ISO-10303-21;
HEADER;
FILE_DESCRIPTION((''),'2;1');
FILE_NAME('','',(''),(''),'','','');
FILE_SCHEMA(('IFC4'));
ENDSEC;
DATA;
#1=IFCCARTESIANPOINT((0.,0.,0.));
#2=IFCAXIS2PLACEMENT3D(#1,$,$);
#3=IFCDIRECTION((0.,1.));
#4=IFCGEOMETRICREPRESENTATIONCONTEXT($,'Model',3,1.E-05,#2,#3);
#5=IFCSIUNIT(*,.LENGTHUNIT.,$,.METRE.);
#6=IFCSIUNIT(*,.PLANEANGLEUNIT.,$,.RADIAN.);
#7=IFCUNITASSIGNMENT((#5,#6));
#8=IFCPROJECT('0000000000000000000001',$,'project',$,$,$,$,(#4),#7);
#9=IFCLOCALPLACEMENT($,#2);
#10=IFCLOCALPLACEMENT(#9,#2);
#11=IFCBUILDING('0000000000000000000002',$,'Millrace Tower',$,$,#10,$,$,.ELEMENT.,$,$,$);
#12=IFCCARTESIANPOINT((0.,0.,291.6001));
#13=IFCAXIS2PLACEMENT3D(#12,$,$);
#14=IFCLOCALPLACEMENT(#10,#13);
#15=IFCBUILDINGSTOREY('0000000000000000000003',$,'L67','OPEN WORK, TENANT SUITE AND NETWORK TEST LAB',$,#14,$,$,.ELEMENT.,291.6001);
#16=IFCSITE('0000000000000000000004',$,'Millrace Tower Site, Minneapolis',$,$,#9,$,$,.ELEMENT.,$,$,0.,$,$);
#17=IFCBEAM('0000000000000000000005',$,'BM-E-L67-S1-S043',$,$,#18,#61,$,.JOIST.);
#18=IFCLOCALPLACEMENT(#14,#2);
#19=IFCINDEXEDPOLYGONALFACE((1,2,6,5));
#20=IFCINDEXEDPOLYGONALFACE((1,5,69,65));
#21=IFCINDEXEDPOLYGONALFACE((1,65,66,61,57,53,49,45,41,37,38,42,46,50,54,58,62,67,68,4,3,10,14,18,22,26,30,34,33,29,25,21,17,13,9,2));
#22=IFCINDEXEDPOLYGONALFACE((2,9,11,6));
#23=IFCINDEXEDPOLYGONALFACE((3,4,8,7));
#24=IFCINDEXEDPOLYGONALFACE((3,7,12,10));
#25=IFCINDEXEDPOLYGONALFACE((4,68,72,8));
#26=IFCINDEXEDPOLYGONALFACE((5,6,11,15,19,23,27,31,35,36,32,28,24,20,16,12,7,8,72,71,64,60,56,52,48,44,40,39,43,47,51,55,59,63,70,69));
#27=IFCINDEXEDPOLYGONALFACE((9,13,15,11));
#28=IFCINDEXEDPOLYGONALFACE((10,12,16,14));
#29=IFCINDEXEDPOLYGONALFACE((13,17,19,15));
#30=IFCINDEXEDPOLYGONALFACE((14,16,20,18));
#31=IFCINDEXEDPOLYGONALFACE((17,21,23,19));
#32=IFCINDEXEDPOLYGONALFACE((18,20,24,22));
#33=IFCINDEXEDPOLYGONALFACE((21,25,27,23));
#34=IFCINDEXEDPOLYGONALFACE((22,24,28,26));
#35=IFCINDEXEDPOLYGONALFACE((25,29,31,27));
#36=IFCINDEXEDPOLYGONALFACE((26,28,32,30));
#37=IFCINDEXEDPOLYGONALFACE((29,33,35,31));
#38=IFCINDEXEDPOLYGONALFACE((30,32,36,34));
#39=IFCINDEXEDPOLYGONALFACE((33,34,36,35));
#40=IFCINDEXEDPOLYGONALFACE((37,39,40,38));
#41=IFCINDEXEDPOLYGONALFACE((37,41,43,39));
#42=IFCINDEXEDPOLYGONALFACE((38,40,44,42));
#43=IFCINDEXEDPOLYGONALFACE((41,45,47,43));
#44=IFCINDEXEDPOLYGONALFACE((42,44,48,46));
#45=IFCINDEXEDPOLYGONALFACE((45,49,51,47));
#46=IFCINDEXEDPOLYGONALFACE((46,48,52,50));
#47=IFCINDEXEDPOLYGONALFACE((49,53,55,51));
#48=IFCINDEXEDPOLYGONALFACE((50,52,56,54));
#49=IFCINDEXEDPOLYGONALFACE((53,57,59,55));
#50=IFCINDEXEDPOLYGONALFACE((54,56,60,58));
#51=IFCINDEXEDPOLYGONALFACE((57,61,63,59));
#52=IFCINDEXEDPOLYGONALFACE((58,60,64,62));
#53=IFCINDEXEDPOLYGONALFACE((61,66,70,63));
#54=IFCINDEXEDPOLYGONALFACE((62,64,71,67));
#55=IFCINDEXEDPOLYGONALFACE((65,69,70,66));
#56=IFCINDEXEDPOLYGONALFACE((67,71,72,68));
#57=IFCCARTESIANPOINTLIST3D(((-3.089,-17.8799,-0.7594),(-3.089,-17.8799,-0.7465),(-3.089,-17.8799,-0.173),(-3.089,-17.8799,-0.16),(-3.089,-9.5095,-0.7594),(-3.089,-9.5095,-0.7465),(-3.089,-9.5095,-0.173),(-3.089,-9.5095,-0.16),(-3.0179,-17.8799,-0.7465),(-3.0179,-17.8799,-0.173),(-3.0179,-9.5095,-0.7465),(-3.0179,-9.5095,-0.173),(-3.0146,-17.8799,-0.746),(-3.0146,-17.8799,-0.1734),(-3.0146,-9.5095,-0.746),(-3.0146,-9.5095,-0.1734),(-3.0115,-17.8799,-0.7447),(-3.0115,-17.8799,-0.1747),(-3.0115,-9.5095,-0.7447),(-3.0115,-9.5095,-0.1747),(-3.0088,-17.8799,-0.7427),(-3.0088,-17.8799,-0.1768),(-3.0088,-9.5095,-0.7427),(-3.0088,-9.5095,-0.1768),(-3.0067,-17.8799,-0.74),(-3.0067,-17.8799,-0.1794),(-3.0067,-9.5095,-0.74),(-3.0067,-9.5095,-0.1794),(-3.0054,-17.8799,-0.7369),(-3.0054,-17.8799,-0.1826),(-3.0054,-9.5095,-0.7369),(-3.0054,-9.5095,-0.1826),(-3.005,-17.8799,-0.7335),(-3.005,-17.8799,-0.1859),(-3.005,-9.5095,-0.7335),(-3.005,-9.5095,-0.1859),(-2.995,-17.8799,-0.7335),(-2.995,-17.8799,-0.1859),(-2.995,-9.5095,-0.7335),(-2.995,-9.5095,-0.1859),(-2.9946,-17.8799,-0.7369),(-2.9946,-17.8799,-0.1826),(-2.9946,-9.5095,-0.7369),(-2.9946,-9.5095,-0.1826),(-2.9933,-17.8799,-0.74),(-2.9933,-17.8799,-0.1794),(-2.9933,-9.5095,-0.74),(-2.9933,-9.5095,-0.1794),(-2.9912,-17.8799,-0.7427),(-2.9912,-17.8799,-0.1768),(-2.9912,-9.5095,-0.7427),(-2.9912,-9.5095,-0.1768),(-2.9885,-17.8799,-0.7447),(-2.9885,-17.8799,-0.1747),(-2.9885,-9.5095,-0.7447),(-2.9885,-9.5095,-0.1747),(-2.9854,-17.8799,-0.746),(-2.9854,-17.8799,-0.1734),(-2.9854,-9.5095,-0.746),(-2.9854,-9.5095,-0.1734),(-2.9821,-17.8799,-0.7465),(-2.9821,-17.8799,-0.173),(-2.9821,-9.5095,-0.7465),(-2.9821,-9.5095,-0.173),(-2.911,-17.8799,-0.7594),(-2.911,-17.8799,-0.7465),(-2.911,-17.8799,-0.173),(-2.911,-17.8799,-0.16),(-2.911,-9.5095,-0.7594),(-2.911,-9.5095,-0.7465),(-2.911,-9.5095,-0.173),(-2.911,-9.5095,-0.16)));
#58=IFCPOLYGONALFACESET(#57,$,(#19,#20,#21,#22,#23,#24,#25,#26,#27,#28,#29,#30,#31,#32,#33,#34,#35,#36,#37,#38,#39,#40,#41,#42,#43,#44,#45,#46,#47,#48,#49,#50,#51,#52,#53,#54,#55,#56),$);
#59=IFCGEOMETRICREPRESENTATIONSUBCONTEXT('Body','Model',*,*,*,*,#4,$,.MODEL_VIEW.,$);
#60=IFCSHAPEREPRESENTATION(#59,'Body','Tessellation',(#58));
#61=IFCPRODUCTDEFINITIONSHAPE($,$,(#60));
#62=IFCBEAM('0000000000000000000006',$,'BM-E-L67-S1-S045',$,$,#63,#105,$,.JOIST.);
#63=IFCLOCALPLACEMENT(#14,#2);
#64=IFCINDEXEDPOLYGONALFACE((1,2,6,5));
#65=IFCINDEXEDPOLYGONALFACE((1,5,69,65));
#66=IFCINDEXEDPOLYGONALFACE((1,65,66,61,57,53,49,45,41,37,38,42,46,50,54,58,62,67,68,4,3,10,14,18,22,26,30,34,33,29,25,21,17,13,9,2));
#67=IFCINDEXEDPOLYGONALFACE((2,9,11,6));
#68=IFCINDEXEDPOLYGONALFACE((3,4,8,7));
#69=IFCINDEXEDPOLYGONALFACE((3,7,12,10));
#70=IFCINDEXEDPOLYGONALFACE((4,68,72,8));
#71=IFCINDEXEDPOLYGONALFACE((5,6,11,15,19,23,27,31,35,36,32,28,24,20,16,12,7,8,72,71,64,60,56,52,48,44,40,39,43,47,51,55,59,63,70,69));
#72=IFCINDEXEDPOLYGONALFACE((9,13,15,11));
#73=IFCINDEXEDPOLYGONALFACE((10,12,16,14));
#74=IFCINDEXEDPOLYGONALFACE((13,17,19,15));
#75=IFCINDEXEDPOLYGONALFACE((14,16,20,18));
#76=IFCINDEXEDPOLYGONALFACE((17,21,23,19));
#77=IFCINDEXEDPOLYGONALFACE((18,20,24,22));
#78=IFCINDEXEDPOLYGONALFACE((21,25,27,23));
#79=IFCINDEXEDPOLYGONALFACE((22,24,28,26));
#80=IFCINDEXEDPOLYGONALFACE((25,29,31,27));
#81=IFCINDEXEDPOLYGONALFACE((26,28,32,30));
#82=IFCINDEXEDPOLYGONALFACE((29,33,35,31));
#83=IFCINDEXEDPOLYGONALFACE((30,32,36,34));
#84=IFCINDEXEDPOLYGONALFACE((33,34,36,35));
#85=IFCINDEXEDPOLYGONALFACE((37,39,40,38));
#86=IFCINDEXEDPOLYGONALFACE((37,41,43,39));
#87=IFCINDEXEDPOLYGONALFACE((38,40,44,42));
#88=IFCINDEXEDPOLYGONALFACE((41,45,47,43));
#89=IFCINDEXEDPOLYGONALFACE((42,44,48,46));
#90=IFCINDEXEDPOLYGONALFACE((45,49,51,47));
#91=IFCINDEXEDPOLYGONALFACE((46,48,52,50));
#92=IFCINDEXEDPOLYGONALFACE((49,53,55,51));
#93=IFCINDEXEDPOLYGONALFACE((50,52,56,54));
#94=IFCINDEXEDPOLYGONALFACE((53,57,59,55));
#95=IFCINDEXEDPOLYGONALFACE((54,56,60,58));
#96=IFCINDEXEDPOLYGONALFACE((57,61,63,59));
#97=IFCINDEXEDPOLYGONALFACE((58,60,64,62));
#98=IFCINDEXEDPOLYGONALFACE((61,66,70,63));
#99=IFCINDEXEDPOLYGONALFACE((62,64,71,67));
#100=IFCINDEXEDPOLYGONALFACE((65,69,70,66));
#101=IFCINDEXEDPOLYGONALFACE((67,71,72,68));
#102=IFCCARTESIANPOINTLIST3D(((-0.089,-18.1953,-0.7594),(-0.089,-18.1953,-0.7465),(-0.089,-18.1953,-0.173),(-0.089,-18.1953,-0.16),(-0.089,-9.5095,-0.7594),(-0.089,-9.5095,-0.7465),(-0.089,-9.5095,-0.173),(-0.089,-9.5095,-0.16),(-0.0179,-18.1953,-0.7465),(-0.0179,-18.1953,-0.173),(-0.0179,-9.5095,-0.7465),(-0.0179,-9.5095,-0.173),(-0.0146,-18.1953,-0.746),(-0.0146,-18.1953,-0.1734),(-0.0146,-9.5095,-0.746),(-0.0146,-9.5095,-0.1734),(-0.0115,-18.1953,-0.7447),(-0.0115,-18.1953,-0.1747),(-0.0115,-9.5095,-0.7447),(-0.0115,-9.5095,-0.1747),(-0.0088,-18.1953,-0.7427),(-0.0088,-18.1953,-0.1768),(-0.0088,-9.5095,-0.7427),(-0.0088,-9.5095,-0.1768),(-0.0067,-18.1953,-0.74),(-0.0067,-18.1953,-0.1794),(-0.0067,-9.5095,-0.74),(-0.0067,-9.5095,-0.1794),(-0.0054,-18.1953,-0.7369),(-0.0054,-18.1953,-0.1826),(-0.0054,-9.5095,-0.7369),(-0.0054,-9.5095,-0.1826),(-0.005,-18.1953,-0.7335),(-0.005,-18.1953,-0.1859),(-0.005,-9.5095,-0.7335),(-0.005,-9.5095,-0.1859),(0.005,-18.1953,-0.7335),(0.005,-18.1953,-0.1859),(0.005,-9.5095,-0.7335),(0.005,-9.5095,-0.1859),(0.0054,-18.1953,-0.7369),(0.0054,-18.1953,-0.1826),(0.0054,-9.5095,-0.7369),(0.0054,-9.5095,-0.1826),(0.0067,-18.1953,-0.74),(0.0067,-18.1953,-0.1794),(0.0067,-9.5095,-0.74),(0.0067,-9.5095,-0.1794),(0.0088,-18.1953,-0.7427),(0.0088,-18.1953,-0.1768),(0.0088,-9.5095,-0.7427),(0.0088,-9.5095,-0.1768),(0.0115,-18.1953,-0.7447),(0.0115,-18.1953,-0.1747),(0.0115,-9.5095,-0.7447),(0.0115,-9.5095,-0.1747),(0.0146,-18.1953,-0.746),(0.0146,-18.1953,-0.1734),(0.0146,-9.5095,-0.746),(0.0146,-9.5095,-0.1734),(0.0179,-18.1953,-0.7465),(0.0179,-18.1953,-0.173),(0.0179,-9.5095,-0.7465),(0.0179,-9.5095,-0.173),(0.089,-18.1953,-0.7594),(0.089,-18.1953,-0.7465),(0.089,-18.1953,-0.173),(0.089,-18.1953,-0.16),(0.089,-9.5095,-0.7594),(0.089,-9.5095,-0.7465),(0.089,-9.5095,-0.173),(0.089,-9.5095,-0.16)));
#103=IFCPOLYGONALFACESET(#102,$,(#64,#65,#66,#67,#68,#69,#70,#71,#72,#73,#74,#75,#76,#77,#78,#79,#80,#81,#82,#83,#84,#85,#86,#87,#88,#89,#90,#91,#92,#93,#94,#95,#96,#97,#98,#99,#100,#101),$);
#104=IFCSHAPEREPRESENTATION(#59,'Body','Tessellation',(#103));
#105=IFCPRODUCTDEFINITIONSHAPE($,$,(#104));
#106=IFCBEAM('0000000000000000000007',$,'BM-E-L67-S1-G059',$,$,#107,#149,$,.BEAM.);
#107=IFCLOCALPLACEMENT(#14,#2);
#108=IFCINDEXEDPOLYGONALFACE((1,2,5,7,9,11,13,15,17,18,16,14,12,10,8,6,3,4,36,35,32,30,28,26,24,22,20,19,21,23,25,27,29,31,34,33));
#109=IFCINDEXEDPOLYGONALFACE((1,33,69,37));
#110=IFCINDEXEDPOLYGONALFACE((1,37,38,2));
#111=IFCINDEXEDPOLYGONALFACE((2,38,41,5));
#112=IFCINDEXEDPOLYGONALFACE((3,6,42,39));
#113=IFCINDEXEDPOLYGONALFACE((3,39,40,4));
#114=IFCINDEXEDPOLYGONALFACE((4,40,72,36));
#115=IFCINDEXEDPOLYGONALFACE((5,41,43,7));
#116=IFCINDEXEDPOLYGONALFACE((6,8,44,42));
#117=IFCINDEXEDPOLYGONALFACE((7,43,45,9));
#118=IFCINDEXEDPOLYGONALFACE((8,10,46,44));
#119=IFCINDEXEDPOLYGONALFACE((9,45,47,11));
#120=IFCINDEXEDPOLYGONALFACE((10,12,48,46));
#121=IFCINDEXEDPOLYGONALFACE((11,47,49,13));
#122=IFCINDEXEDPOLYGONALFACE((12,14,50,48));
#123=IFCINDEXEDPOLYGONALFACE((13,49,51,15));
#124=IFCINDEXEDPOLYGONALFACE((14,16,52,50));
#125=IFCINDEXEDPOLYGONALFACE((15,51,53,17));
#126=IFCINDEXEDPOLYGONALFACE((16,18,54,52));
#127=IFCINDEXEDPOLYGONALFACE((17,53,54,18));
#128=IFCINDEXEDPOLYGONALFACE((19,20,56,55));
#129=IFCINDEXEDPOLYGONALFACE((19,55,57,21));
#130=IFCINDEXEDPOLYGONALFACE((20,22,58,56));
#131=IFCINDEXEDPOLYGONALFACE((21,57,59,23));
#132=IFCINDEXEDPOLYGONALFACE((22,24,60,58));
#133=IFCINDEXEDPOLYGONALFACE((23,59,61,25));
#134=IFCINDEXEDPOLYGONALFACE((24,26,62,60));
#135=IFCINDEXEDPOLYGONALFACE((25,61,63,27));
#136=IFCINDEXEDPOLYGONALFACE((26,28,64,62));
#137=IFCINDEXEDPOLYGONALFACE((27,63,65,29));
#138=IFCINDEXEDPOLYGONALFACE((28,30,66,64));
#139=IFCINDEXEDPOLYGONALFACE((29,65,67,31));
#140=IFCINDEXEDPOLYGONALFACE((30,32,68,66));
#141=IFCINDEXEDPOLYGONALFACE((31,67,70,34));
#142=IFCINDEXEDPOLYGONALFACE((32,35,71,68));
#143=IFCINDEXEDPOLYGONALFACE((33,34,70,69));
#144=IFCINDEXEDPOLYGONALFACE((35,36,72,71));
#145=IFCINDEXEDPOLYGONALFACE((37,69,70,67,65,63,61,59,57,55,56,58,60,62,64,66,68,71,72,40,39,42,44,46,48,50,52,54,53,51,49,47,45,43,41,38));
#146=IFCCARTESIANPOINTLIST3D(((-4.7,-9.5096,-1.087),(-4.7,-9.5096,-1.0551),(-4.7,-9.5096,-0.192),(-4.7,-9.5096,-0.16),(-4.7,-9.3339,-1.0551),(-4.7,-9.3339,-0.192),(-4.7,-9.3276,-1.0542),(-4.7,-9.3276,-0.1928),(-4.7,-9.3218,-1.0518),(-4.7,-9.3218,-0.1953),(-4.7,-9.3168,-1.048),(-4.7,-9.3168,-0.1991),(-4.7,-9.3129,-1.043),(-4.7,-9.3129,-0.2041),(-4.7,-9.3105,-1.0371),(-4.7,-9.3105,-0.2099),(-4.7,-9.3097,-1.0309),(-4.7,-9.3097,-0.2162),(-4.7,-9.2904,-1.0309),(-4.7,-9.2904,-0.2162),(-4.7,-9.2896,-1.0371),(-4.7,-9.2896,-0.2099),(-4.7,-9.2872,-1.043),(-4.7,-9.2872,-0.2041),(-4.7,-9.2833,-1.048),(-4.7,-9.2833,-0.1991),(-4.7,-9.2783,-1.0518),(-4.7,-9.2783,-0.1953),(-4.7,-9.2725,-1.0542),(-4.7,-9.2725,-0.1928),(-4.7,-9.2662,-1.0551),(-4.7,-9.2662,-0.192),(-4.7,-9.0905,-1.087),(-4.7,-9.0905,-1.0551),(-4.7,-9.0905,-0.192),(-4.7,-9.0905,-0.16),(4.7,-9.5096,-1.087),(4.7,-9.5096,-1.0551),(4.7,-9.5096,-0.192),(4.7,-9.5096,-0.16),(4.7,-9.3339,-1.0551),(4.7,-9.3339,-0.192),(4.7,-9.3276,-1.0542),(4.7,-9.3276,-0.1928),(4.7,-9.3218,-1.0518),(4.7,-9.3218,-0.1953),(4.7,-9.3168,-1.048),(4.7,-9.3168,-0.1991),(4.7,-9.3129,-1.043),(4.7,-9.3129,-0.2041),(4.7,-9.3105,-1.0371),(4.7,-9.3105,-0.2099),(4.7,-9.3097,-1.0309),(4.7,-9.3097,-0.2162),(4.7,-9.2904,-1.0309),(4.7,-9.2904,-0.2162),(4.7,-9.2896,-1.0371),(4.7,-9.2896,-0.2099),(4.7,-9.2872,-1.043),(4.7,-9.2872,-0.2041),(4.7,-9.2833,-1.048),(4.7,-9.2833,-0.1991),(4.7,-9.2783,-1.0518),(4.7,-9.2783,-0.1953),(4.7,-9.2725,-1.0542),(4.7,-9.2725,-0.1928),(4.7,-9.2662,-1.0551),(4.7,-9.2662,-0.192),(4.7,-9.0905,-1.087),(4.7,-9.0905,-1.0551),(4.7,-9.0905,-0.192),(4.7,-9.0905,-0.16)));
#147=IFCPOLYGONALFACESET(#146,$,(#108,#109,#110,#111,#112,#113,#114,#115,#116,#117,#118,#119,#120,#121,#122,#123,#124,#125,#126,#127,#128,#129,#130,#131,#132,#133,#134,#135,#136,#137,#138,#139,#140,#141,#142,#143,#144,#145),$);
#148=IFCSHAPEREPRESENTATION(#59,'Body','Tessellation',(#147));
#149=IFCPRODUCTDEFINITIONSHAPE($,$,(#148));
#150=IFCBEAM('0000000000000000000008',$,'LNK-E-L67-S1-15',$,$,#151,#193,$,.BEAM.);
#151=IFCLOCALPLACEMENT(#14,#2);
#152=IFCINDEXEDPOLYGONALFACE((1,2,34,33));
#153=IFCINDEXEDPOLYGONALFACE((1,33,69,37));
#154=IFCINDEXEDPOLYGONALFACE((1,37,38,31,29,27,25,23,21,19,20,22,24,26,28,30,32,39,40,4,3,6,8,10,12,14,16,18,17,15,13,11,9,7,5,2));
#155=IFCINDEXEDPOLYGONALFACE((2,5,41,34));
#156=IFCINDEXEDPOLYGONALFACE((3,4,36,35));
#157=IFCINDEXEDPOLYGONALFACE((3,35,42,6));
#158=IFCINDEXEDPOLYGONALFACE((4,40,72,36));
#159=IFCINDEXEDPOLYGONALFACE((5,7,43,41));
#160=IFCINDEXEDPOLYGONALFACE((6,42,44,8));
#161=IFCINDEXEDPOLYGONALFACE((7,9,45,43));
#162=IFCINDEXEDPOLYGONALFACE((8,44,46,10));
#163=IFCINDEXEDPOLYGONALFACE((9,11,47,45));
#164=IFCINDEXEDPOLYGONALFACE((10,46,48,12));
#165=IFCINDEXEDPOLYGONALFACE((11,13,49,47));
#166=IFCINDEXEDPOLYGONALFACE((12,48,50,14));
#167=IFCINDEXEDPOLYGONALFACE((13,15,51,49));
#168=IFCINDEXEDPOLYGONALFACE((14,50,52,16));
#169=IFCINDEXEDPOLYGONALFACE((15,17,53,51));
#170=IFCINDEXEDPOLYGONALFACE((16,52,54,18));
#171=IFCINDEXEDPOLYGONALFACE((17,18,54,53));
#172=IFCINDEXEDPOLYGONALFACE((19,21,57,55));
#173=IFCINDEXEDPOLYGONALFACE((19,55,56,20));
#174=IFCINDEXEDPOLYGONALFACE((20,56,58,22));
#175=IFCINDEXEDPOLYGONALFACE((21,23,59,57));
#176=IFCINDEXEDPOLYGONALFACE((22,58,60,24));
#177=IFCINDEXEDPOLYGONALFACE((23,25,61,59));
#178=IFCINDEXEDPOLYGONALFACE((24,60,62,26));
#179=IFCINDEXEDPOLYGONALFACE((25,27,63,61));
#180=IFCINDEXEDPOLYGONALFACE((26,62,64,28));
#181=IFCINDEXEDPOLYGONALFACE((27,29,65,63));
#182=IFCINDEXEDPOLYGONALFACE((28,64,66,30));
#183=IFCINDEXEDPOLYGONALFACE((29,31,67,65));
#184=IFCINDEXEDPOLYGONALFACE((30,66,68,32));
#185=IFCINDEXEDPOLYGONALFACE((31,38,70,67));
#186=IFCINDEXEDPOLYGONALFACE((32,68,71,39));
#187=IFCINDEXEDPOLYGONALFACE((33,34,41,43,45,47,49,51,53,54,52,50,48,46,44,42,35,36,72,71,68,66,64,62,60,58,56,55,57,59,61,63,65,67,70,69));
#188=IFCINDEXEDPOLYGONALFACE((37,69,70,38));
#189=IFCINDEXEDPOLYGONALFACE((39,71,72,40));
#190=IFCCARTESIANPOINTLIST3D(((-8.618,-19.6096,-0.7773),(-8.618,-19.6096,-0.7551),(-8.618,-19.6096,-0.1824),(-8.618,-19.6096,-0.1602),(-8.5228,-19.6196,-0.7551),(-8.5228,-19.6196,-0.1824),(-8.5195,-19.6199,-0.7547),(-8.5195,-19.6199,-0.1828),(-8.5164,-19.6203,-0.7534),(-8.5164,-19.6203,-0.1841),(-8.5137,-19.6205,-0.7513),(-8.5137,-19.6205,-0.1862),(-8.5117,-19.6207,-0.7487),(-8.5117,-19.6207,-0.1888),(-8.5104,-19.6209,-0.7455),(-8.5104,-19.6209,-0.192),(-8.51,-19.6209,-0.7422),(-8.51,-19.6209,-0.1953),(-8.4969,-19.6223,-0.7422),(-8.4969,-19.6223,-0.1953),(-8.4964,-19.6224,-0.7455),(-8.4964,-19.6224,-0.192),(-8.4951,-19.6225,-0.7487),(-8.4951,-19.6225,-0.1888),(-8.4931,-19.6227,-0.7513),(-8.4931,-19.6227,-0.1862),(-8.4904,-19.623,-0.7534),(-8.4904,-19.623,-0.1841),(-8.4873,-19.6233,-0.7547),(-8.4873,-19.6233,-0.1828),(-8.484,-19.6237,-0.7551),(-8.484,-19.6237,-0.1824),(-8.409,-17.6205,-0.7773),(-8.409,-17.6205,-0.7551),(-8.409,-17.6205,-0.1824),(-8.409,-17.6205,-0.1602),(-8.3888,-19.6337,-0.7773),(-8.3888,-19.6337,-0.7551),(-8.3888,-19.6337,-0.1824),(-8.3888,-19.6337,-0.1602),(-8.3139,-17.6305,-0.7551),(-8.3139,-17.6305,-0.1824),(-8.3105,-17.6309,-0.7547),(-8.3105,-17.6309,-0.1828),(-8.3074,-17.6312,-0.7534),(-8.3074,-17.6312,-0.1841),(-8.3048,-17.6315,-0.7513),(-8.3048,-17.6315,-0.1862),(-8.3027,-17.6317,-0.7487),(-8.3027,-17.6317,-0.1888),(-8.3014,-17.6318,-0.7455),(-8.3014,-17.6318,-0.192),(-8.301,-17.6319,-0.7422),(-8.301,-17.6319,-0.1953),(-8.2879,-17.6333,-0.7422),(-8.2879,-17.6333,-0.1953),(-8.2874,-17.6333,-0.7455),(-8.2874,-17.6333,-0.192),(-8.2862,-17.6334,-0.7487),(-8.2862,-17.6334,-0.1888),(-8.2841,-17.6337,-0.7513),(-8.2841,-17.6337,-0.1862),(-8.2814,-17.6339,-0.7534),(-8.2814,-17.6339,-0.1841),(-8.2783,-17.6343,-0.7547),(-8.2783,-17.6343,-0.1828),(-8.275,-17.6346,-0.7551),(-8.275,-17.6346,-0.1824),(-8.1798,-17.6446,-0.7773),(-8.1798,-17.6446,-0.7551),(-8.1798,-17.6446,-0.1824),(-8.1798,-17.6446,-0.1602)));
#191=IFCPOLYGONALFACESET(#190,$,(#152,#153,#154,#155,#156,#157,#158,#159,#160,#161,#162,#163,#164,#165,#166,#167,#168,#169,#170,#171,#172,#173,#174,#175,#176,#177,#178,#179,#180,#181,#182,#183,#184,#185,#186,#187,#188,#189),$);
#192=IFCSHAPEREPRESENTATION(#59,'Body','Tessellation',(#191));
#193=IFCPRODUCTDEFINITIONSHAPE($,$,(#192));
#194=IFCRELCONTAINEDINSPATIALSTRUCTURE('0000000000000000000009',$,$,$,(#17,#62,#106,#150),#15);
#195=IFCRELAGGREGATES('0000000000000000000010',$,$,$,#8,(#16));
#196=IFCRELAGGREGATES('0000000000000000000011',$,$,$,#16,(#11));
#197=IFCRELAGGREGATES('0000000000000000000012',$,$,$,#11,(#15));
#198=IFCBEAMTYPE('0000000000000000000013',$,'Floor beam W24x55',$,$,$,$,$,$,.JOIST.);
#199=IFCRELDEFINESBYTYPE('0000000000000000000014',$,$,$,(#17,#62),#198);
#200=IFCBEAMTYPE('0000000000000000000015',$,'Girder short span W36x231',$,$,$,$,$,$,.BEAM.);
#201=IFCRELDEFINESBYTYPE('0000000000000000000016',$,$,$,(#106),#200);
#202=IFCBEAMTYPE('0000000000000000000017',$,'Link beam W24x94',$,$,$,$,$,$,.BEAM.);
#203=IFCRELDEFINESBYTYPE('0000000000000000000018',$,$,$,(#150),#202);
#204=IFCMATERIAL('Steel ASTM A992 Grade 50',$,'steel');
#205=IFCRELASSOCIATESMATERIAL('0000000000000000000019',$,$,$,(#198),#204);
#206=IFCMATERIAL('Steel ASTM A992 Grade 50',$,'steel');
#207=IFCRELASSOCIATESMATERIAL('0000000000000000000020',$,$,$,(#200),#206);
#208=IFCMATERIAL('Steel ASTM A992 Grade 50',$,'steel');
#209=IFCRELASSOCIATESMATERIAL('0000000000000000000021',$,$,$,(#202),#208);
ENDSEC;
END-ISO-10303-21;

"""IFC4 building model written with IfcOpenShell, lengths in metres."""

from ifc_helpers import new_model, si_unit, direction, frame, origin, origin_2d, place, context, subcontext, project, spatial, i_section, extrude, material, material_profile, profile_set, type_object, element, save


model = new_model("IFC4")

# Units and contexts
model_context = context("Model", 3, precision=1e-05, world=origin(), true_north=direction((0.0, 1.0)))
body_context = subcontext(model_context, "Body", "Model", "MODEL_VIEW")
ifc_project = project(units=[si_unit("LENGTHUNIT", "METRE"), si_unit("PLANEANGLEUNIT", "RADIAN")], contexts=[model_context])

# Site, building, storey
site_placement = place(None, origin())
site = spatial("IfcSite", under=ifc_project, at=site_placement, Name="Millrace Tower Site, Minneapolis", CompositionType="ELEMENT", RefElevation=0.0)
building_placement = place(site_placement, origin())
building = spatial("IfcBuilding", under=site, at=building_placement, Name="Millrace Tower", CompositionType="ELEMENT")
storey_placement = place(building_placement, frame((0.0, 0.0, 291.6001)))
storey = spatial("IfcBuildingStorey", under=building, at=storey_placement, Name="L67", Description="OPEN WORK, TENANT SUITE AND NETWORK TEST LAB", CompositionType="ELEMENT", Elevation=291.6001)

# Beams
ifc_material_1 = material(Name="Steel ASTM A992 Grade 50", Category="steel")
ifc_material_profile_1 = material_profile(ifc_material_1, i_section(OverallWidth=0.178, OverallDepth=0.5994, WebThickness=0.01, FlangeThickness=0.0129, FilletRadius=0.0129, at=origin_2d()))
ifc_profile_set_1 = profile_set([ifc_material_profile_1], Name="Steel ASTM A992 Grade 50")
beam_type_1 = type_object("IfcBeamType", Name="Floor beam W24x55", PredefinedType="JOIST", material=ifc_profile_set_1)
beam_1_placement = place(storey_placement, frame((-3.0, -17.8799, -0.4597), z_axis=(0.0, 1.0, 0.0), x_axis=(-1.0, 0.0, 0.0)))
element("IfcBeam", 1, at=beam_1_placement, inside=storey, type_object=beam_type_1, Name="BM-E-L67-S1-S043", PredefinedType="JOIST", context=body_context, shape_type="SweptSolid", body=[
    extrude(i_section(OverallWidth=0.178, OverallDepth=0.5994, WebThickness=0.01, FlangeThickness=0.0129, FilletRadius=0.0129, at=origin_2d()), origin(), (0.0, 0.0, 1.0), 8.3704),
])
beam_2_placement = place(storey_placement, frame((0.0, -18.1953, -0.4597), z_axis=(0.0, 1.0, 0.0), x_axis=(-1.0, 0.0, 0.0)))
element("IfcBeam", 2, at=beam_2_placement, inside=storey, type_object=beam_type_1, Name="BM-E-L67-S1-S045", PredefinedType="JOIST", context=body_context, shape_type="SweptSolid", body=[
    extrude(i_section(OverallWidth=0.178, OverallDepth=0.5994, WebThickness=0.01, FlangeThickness=0.0129, FilletRadius=0.0129, at=origin_2d()), origin(), (0.0, 0.0, 1.0), 8.6858),
])
ifc_material_2 = material(Name="Steel ASTM A992 Grade 50", Category="steel")
ifc_material_profile_2 = material_profile(ifc_material_2, i_section(OverallWidth=0.4192, OverallDepth=0.927, WebThickness=0.0193, FlangeThickness=0.032, FilletRadius=0.0242, at=origin_2d()))
ifc_profile_set_2 = profile_set([ifc_material_profile_2], Name="Steel ASTM A992 Grade 50")
beam_type_2 = type_object("IfcBeamType", Name="Girder short span W36x231", PredefinedType="BEAM", material=ifc_profile_set_2)
beam_3_placement = place(storey_placement, frame((-4.7, -9.3, -0.6235), z_axis=(1.0, 0.0, 0.0), x_axis=(0.0, 1.0, 0.0)))
element("IfcBeam", 3, at=beam_3_placement, inside=storey, type_object=beam_type_2, Name="BM-E-L67-S1-G059", PredefinedType="BEAM", context=body_context, shape_type="SweptSolid", body=[
    extrude(i_section(OverallWidth=0.4192, OverallDepth=0.927, WebThickness=0.0193, FlangeThickness=0.032, FilletRadius=0.0242, at=origin_2d()), origin(), (0.0, 0.0, 1.0), 9.3999),
])
ifc_material_3 = material(Name="Steel ASTM A992 Grade 50", Category="steel")
ifc_material_profile_3 = material_profile(ifc_material_3, i_section(OverallWidth=0.2305, OverallDepth=0.6172, WebThickness=0.0132, FlangeThickness=0.0222, FilletRadius=0.0129, at=origin_2d()))
ifc_profile_set_3 = profile_set([ifc_material_profile_3], Name="Steel ASTM A992 Grade 50")
beam_type_3 = type_object("IfcBeamType", Name="Link beam W24x94", PredefinedType="BEAM", material=ifc_profile_set_3)
beam_4_placement = place(storey_placement, frame((-8.2944, -17.6326, -0.4688), z_axis=(-0.104494, -0.994526, 0.0), x_axis=(0.994526, -0.104494, 0.0)))
element("IfcBeam", 4, at=beam_4_placement, inside=storey, type_object=beam_type_3, Name="LNK-E-L67-S1-15", PredefinedType="BEAM", context=body_context, shape_type="SweptSolid", body=[
    extrude(i_section(OverallWidth=0.2305, OverallDepth=0.6172, WebThickness=0.0132, FlangeThickness=0.0222, FilletRadius=0.0129, at=origin_2d()), origin(), (0.0, 0.0, 1.0), 2.0),
])

save(model, "model.ifc")
